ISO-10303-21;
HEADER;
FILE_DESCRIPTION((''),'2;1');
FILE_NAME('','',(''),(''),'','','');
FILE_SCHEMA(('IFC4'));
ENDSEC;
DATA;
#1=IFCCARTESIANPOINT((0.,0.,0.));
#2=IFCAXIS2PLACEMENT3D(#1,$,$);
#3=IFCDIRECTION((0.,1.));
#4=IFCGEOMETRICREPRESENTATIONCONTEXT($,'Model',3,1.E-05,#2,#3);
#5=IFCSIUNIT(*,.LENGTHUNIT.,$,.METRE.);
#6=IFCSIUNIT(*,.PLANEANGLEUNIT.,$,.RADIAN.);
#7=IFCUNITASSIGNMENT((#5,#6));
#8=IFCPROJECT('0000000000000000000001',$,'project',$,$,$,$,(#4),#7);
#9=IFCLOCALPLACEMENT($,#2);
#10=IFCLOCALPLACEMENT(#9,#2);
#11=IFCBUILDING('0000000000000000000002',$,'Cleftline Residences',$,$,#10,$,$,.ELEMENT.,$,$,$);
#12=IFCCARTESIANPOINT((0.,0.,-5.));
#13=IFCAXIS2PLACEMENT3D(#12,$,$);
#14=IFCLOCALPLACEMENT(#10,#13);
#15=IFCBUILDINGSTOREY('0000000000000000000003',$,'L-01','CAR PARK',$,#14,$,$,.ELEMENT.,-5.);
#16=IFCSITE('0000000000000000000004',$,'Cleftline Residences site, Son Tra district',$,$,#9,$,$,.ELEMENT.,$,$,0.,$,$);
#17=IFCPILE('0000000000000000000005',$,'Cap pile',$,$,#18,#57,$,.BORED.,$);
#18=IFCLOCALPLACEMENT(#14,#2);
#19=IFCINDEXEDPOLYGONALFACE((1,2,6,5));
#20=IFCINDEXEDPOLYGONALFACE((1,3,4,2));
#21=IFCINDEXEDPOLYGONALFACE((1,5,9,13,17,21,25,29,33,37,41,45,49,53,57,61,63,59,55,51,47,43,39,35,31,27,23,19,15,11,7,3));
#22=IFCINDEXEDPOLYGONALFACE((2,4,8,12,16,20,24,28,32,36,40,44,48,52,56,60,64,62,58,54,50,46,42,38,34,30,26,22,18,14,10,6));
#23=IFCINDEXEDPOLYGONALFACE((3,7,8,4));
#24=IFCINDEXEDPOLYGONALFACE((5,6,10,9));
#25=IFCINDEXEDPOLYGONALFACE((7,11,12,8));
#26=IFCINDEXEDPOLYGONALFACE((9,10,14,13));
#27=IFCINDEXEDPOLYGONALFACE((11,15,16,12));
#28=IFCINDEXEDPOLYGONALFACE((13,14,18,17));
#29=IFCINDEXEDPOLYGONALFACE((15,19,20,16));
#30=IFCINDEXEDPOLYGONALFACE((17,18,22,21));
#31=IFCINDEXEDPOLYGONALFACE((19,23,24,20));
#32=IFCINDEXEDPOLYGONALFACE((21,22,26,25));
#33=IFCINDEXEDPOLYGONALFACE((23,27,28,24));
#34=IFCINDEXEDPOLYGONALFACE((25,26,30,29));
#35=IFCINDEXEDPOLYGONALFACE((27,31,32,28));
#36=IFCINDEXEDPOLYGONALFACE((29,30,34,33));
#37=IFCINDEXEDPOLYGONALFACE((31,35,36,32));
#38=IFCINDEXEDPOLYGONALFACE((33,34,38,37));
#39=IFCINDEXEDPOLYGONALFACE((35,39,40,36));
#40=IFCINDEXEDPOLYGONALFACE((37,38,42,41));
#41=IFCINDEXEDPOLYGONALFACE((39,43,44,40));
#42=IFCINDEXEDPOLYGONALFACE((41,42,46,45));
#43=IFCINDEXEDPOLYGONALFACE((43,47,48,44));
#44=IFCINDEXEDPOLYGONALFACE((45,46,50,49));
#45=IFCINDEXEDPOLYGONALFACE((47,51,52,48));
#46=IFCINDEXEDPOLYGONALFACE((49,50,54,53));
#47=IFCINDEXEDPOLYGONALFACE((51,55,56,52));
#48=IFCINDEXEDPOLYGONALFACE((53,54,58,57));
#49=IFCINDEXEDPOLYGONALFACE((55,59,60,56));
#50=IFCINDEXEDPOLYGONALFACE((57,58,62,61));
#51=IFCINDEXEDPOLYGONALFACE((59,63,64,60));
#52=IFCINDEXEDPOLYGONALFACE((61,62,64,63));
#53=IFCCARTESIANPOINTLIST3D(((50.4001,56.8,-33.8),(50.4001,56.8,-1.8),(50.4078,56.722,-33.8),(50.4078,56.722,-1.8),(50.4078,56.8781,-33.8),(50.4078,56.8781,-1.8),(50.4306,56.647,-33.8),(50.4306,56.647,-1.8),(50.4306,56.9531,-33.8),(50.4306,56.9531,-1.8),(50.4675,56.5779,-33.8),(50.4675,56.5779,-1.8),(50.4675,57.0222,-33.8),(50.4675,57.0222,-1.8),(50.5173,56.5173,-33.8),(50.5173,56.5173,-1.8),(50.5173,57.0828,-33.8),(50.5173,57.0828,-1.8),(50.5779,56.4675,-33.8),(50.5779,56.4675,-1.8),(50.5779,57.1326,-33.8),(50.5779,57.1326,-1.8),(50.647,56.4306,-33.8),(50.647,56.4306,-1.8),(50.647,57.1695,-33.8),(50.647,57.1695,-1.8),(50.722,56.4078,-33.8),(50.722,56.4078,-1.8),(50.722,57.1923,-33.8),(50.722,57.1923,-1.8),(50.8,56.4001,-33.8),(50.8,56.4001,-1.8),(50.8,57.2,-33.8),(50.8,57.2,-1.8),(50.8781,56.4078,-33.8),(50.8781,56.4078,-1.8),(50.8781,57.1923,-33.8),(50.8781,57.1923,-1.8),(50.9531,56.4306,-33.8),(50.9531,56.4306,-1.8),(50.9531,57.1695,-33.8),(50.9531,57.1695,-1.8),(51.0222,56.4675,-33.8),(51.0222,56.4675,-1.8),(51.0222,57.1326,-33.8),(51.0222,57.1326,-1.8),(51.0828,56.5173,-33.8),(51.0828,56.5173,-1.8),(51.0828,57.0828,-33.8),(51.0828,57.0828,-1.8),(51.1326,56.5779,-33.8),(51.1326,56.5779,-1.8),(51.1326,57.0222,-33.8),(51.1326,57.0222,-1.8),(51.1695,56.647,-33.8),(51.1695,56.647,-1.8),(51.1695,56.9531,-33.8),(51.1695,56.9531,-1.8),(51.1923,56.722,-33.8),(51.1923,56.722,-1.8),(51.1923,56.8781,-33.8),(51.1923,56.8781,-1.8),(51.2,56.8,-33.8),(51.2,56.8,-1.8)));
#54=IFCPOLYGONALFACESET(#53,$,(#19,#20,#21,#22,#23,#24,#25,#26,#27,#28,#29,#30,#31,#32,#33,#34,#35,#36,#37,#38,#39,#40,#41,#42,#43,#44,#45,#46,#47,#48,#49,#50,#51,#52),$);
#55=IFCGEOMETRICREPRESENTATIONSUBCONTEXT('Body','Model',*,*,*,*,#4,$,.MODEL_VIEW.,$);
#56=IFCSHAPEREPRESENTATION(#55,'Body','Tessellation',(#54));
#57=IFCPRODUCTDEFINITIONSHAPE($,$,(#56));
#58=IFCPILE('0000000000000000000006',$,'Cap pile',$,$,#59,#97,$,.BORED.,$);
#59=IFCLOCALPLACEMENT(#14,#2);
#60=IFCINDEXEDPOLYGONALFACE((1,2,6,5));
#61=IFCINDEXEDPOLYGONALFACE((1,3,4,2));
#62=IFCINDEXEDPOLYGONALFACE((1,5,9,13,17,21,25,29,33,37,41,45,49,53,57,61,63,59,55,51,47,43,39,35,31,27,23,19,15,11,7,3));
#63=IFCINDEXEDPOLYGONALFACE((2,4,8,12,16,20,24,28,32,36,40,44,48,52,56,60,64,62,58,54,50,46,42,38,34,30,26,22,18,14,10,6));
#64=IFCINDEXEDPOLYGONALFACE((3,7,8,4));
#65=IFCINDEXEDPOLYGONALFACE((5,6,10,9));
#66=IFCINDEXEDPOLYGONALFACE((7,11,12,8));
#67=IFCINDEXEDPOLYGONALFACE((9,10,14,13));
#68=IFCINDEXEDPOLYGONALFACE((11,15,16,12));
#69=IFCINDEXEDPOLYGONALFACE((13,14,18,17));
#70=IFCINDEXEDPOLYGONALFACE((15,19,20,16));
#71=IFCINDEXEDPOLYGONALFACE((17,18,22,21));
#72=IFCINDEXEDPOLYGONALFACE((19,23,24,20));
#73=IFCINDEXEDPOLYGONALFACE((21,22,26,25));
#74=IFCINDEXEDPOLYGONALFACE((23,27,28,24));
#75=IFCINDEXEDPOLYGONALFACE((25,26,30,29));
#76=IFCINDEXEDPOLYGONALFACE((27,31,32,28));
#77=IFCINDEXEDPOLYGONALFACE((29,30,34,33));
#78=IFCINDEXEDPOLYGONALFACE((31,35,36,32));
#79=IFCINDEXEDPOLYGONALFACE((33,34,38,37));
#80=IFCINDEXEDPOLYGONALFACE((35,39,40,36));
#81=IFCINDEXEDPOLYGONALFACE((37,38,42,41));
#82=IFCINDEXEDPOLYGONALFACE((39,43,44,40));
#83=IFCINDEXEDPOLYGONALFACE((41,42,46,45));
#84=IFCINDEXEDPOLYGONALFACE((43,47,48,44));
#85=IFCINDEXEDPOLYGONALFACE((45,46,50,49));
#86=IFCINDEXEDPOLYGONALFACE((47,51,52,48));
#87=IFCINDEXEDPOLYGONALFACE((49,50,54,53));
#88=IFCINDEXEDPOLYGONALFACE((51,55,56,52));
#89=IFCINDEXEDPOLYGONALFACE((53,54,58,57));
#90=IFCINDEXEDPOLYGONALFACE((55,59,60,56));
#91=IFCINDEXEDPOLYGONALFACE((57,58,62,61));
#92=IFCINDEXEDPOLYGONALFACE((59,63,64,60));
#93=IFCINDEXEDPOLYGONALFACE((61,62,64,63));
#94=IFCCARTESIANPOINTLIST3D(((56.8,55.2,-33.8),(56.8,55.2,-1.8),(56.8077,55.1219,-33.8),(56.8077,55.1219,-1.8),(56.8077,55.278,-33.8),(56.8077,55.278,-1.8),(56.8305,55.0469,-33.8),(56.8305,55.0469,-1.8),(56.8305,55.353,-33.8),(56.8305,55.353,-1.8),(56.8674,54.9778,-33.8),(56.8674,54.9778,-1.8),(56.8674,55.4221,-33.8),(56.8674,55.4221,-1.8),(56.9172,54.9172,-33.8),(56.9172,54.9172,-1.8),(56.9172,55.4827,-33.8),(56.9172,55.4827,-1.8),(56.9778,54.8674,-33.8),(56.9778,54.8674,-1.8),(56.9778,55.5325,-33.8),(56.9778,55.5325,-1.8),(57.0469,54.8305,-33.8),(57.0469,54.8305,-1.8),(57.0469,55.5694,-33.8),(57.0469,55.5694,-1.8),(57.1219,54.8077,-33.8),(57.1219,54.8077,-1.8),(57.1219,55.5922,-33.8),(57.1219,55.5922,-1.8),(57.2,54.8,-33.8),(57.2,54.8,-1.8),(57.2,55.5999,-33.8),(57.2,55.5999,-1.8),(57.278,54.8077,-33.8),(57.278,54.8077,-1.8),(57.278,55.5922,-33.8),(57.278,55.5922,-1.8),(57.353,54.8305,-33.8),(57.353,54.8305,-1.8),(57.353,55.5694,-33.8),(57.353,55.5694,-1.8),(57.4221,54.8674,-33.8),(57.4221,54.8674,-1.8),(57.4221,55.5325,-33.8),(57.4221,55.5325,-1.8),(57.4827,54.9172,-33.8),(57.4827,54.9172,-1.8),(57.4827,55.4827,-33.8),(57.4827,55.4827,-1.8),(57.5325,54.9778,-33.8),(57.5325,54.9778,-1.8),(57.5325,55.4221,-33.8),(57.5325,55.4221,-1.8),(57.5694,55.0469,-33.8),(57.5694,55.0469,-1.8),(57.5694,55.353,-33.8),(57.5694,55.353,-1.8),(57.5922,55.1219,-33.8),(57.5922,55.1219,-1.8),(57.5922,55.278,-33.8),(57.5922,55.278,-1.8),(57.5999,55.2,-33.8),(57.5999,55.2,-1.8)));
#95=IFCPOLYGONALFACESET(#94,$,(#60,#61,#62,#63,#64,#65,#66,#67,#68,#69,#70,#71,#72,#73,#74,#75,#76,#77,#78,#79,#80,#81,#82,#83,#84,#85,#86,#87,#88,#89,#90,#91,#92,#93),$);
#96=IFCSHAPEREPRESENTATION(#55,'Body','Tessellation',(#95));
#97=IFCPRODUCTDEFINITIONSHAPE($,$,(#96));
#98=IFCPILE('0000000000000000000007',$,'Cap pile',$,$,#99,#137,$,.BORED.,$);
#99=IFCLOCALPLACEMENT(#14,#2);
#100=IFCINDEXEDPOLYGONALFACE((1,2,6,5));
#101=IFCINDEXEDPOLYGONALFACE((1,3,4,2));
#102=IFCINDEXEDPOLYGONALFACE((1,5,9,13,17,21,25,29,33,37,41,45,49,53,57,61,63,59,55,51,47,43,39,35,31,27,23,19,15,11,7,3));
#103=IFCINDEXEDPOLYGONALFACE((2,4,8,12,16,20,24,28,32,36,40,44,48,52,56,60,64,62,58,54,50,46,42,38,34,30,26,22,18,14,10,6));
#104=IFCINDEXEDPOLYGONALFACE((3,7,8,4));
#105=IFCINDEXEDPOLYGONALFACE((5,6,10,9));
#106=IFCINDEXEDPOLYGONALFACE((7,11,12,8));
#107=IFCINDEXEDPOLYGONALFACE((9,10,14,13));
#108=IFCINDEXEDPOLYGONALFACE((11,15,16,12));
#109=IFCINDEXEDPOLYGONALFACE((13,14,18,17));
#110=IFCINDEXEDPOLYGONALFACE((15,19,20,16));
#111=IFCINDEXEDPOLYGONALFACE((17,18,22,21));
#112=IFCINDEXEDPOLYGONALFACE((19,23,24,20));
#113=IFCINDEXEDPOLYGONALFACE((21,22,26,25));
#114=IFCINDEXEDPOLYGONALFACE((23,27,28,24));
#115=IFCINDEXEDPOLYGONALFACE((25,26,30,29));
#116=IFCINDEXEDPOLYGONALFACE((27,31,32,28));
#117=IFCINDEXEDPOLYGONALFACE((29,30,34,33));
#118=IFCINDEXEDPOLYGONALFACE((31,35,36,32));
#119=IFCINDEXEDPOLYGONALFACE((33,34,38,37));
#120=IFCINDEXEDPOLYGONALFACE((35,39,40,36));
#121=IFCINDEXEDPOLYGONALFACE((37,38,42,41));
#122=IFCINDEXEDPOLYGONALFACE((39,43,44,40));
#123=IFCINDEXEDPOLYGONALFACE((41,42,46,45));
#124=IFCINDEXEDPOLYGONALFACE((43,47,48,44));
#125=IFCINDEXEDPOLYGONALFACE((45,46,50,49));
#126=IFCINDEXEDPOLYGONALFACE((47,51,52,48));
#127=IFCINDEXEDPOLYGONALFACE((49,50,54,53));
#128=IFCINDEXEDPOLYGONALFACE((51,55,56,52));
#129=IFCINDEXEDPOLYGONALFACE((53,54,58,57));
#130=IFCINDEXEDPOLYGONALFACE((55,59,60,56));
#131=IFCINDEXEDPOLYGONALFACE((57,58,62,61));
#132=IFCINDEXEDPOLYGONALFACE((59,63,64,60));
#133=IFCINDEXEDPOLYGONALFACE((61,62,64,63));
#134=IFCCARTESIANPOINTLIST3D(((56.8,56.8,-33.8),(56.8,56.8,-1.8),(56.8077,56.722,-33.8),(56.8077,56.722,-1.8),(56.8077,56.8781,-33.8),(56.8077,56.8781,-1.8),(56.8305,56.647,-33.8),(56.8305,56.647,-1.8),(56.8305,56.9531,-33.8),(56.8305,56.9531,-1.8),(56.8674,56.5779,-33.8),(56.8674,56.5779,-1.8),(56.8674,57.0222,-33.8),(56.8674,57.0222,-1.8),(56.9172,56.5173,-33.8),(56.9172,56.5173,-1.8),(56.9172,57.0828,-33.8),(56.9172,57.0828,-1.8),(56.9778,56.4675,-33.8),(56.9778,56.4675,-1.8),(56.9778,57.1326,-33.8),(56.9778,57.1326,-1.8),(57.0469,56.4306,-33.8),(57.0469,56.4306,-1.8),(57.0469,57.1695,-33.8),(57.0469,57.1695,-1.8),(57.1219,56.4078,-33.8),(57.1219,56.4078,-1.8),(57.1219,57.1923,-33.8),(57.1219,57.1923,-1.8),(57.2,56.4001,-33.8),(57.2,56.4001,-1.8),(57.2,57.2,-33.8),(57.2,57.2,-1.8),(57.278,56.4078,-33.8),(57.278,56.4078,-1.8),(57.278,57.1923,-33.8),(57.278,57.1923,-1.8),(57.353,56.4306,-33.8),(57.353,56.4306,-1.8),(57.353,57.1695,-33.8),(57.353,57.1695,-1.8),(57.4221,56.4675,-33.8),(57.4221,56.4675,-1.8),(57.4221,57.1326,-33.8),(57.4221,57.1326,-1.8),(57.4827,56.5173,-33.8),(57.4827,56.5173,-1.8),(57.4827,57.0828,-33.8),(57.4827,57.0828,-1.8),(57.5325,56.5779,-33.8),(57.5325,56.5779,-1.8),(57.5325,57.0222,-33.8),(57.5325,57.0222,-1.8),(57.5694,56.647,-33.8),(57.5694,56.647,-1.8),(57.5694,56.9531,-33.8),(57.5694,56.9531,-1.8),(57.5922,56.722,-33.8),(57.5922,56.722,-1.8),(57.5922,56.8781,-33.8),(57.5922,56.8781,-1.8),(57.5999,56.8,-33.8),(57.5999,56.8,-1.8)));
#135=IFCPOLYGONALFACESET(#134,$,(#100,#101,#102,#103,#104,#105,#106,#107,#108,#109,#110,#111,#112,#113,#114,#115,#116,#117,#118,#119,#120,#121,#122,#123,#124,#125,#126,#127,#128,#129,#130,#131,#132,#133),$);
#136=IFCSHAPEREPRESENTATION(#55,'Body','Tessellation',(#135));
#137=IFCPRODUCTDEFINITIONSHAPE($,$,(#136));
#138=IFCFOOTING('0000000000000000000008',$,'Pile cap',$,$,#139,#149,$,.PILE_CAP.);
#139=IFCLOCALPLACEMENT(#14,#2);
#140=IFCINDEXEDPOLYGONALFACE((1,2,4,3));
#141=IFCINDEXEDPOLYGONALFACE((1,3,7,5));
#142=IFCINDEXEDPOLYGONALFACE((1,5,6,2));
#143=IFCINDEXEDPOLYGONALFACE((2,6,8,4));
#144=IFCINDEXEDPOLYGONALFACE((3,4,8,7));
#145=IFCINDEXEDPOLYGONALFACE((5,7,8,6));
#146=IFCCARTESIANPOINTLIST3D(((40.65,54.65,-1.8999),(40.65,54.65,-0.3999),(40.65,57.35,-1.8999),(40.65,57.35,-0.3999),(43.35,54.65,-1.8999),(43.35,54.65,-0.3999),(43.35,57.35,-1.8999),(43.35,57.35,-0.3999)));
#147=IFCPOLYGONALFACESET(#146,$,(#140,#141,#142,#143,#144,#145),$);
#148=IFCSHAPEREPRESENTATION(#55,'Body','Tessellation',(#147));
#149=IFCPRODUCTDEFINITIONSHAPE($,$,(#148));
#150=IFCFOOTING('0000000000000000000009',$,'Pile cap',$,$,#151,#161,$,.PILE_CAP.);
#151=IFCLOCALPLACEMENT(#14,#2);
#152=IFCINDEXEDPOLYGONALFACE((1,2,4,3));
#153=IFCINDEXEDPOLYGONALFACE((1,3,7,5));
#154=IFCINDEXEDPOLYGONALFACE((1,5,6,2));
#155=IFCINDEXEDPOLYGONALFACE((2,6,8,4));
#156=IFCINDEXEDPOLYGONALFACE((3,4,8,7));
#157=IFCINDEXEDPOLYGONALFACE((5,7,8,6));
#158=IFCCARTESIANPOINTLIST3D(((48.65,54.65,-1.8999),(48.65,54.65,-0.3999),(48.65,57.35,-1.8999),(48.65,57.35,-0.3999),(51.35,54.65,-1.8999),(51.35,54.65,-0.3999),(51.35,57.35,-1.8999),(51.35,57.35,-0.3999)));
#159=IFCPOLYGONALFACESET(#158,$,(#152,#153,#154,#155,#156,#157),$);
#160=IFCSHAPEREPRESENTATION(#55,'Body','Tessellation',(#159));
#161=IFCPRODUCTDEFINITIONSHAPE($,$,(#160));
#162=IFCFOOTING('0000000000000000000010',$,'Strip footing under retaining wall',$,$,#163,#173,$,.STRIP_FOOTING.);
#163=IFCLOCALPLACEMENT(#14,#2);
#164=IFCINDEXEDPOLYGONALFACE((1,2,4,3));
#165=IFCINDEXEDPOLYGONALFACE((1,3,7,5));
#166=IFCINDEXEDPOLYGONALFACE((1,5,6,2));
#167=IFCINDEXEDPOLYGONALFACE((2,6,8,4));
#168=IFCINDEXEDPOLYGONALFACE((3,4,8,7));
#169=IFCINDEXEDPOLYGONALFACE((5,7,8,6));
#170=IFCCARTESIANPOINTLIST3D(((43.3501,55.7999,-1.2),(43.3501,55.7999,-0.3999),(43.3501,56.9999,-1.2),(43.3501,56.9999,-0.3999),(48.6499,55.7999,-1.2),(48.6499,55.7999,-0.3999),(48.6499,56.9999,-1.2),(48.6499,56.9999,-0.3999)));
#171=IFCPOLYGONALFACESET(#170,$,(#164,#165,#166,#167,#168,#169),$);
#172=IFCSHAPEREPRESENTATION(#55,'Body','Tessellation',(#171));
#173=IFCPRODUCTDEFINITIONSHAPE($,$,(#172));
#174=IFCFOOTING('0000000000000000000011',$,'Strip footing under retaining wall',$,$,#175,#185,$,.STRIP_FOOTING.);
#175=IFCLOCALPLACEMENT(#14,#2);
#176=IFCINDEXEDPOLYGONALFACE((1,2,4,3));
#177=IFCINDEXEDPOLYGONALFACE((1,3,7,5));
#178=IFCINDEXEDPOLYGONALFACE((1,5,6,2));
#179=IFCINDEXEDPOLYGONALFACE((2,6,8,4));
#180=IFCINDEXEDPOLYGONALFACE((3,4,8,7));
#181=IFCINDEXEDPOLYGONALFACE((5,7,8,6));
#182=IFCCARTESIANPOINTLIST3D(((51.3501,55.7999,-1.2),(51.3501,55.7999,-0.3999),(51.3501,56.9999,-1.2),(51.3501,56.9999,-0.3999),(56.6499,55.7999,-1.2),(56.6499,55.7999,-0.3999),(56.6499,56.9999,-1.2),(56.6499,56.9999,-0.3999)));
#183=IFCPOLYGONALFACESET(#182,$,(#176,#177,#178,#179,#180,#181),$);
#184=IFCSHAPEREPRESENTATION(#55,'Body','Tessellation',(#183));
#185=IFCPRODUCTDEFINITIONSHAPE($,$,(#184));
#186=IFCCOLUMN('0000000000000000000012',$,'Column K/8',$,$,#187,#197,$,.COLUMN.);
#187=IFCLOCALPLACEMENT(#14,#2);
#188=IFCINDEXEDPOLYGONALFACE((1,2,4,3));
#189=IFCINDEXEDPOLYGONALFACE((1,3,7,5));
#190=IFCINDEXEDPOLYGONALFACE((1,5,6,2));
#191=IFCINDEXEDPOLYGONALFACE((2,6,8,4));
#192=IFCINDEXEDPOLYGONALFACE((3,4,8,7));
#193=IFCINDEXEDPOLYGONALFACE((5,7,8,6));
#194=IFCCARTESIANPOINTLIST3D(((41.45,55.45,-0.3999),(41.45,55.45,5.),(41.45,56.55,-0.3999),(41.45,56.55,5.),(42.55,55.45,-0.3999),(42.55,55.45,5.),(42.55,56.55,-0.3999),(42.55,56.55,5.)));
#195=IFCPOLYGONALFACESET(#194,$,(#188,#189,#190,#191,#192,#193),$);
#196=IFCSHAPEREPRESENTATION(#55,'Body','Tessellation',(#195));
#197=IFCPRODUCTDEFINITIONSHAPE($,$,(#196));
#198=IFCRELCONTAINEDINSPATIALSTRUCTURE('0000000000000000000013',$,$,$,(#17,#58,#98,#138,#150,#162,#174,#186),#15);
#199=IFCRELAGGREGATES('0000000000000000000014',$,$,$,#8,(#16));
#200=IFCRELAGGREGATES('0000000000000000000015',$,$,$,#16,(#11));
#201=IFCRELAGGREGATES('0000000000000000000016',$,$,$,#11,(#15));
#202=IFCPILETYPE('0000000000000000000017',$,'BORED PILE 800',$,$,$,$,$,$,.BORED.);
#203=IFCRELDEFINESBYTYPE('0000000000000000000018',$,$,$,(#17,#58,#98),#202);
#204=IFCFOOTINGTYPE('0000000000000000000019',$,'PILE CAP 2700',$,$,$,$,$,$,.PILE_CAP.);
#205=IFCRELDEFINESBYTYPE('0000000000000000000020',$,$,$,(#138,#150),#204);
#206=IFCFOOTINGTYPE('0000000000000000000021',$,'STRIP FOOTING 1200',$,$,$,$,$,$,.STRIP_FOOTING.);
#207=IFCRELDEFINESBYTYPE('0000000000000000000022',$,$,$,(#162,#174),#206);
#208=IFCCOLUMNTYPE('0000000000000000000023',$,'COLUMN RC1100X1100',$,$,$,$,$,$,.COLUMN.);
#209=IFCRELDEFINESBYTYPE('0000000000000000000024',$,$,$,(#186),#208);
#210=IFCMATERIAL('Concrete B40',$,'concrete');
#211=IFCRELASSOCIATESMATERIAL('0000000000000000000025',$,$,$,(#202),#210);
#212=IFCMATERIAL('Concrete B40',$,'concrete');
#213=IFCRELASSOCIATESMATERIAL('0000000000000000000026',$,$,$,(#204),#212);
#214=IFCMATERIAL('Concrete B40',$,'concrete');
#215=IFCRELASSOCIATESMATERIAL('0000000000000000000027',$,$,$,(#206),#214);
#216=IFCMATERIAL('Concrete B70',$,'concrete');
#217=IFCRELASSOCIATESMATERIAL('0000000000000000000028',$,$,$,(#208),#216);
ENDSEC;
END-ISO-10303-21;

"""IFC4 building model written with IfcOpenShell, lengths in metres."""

from ifc_helpers import new_model, si_unit, direction, frame, frame_2d, origin, origin_2d, place, context, subcontext, project, spatial, rectangle, circle, extrude, material, material_profile, profile_set, type_object, element, save


model = new_model("IFC4")

# Units and contexts
model_context = context("Model", 3, precision=1e-05, world=origin(), true_north=direction((0.0, 1.0)))
body_context = subcontext(model_context, "Body", "Model", "MODEL_VIEW")
ifc_project = project(units=[si_unit("LENGTHUNIT", "METRE"), si_unit("PLANEANGLEUNIT", "RADIAN")], contexts=[model_context])

# Site, building, storey
site_placement = place(None, origin())
site = spatial("IfcSite", under=ifc_project, at=site_placement, Name="Cleftline Residences site, Son Tra district", CompositionType="ELEMENT", RefElevation=0.0)
building_placement = place(site_placement, origin())
building = spatial("IfcBuilding", under=site, at=building_placement, Name="Cleftline Residences", CompositionType="ELEMENT")
storey_placement = place(building_placement, frame((0.0, 0.0, -5.0)))
storey = spatial("IfcBuildingStorey", under=building, at=storey_placement, Name="L-01", Description="CAR PARK", CompositionType="ELEMENT", Elevation=-5.0)

# Piles
ifc_material_1 = material(Name="Concrete B40", Category="concrete")
ifc_material_profile_1 = material_profile(ifc_material_1, circle(Radius=0.3999, at=origin_2d()))
ifc_profile_set_1 = profile_set([ifc_material_profile_1], Name="Concrete B40")
pile_type_1 = type_object("IfcPileType", Name="BORED PILE 800", PredefinedType="BORED", material=ifc_profile_set_1)
for number, where, z_axis, x_axis, name in (
    (1, (50.8, 56.8, -1.8), (0.0, 0.0, -1.0), (1.0, 0.0, 0.0), "Cap pile"),
    (2, (57.2, 55.2, -1.8), (0.0, 0.0, -1.0), (1.0, 0.0, 0.0), "Cap pile"),
    (3, (57.2, 56.8, -1.8), (0.0, 0.0, -1.0), (1.0, 0.0, 0.0), "Cap pile"),
):
    element("IfcPile", number, at=place(storey_placement, frame(where, z_axis=z_axis, x_axis=x_axis)), inside=storey, type_object=pile_type_1, Name=name, PredefinedType="BORED", context=body_context, shape_type="SweptSolid", body=[
        extrude(circle(Radius=0.3999, at=origin_2d()), origin(), (0.0, 0.0, 1.0), 32.0),
    ])

# Footings
ifc_material_2 = material(Name="Concrete B40", Category="concrete")
footing_type_1 = type_object("IfcFootingType", Name="PILE CAP 2700", PredefinedType="PILE_CAP", material=ifc_material_2)
for number, where, z_axis, x_axis, name in (
    (4, (42.0, 56.0, -1.8999), (0.0, 0.0, 1.0), (1.0, 0.0, 0.0), "Pile cap"),
    (5, (50.0, 56.0, -1.8999), (0.0, 0.0, 1.0), (1.0, 0.0, 0.0), "Pile cap"),
):
    element("IfcFooting", number, at=place(storey_placement, frame(where, z_axis=z_axis, x_axis=x_axis)), inside=storey, type_object=footing_type_1, Name=name, PredefinedType="PILE_CAP", context=body_context, shape_type="SweptSolid", body=[
        extrude(rectangle(XDim=2.7, YDim=2.7, at=origin_2d()), origin(), (0.0, 0.0, 1.0), 1.5),
    ])
ifc_material_3 = material(Name="Concrete B40", Category="concrete")
footing_type_2 = type_object("IfcFootingType", Name="STRIP FOOTING 1200", PredefinedType="STRIP_FOOTING", material=ifc_material_3)
for number, where, z_axis, x_axis, name in (
    (6, (43.3501, 56.3999, -1.2), (0.0, 0.0, 1.0), (1.0, 0.0, 0.0), "Strip footing under retaining wall"),
    (7, (51.3501, 56.3999, -1.2), (0.0, 0.0, 1.0), (1.0, 0.0, 0.0), "Strip footing under retaining wall"),
):
    element("IfcFooting", number, at=place(storey_placement, frame(where, z_axis=z_axis, x_axis=x_axis)), inside=storey, type_object=footing_type_2, Name=name, PredefinedType="STRIP_FOOTING", context=body_context, shape_type="SweptSolid", body=[
        extrude(rectangle(XDim=5.2998, YDim=1.2, at=frame_2d((2.6499, 0.0))), origin(), (0.0, 0.0, 1.0), 0.8),
    ])

# Column
ifc_material_4 = material(Name="Concrete B70", Category="concrete")
ifc_material_profile_2 = material_profile(ifc_material_4, rectangle(XDim=1.1001, YDim=1.1001, at=origin_2d()))
ifc_profile_set_2 = profile_set([ifc_material_profile_2], Name="Concrete B70")
column_type_1 = type_object("IfcColumnType", Name="COLUMN RC1100X1100", PredefinedType="COLUMN", material=ifc_profile_set_2)
column_1_placement = place(storey_placement, frame((42.0, 56.0, -0.3999), z_axis=(0.0, 0.0, 1.0), x_axis=(1.0, 0.0, 0.0)))
element("IfcColumn", 8, at=column_1_placement, inside=storey, type_object=column_type_1, Name="Column K/8", PredefinedType="COLUMN", context=body_context, shape_type="SweptSolid", body=[
    extrude(rectangle(XDim=1.1001, YDim=1.1001, at=origin_2d()), origin(), (0.0, 0.0, 1.0), 5.3999),
])

save(model, "model.ifc")
